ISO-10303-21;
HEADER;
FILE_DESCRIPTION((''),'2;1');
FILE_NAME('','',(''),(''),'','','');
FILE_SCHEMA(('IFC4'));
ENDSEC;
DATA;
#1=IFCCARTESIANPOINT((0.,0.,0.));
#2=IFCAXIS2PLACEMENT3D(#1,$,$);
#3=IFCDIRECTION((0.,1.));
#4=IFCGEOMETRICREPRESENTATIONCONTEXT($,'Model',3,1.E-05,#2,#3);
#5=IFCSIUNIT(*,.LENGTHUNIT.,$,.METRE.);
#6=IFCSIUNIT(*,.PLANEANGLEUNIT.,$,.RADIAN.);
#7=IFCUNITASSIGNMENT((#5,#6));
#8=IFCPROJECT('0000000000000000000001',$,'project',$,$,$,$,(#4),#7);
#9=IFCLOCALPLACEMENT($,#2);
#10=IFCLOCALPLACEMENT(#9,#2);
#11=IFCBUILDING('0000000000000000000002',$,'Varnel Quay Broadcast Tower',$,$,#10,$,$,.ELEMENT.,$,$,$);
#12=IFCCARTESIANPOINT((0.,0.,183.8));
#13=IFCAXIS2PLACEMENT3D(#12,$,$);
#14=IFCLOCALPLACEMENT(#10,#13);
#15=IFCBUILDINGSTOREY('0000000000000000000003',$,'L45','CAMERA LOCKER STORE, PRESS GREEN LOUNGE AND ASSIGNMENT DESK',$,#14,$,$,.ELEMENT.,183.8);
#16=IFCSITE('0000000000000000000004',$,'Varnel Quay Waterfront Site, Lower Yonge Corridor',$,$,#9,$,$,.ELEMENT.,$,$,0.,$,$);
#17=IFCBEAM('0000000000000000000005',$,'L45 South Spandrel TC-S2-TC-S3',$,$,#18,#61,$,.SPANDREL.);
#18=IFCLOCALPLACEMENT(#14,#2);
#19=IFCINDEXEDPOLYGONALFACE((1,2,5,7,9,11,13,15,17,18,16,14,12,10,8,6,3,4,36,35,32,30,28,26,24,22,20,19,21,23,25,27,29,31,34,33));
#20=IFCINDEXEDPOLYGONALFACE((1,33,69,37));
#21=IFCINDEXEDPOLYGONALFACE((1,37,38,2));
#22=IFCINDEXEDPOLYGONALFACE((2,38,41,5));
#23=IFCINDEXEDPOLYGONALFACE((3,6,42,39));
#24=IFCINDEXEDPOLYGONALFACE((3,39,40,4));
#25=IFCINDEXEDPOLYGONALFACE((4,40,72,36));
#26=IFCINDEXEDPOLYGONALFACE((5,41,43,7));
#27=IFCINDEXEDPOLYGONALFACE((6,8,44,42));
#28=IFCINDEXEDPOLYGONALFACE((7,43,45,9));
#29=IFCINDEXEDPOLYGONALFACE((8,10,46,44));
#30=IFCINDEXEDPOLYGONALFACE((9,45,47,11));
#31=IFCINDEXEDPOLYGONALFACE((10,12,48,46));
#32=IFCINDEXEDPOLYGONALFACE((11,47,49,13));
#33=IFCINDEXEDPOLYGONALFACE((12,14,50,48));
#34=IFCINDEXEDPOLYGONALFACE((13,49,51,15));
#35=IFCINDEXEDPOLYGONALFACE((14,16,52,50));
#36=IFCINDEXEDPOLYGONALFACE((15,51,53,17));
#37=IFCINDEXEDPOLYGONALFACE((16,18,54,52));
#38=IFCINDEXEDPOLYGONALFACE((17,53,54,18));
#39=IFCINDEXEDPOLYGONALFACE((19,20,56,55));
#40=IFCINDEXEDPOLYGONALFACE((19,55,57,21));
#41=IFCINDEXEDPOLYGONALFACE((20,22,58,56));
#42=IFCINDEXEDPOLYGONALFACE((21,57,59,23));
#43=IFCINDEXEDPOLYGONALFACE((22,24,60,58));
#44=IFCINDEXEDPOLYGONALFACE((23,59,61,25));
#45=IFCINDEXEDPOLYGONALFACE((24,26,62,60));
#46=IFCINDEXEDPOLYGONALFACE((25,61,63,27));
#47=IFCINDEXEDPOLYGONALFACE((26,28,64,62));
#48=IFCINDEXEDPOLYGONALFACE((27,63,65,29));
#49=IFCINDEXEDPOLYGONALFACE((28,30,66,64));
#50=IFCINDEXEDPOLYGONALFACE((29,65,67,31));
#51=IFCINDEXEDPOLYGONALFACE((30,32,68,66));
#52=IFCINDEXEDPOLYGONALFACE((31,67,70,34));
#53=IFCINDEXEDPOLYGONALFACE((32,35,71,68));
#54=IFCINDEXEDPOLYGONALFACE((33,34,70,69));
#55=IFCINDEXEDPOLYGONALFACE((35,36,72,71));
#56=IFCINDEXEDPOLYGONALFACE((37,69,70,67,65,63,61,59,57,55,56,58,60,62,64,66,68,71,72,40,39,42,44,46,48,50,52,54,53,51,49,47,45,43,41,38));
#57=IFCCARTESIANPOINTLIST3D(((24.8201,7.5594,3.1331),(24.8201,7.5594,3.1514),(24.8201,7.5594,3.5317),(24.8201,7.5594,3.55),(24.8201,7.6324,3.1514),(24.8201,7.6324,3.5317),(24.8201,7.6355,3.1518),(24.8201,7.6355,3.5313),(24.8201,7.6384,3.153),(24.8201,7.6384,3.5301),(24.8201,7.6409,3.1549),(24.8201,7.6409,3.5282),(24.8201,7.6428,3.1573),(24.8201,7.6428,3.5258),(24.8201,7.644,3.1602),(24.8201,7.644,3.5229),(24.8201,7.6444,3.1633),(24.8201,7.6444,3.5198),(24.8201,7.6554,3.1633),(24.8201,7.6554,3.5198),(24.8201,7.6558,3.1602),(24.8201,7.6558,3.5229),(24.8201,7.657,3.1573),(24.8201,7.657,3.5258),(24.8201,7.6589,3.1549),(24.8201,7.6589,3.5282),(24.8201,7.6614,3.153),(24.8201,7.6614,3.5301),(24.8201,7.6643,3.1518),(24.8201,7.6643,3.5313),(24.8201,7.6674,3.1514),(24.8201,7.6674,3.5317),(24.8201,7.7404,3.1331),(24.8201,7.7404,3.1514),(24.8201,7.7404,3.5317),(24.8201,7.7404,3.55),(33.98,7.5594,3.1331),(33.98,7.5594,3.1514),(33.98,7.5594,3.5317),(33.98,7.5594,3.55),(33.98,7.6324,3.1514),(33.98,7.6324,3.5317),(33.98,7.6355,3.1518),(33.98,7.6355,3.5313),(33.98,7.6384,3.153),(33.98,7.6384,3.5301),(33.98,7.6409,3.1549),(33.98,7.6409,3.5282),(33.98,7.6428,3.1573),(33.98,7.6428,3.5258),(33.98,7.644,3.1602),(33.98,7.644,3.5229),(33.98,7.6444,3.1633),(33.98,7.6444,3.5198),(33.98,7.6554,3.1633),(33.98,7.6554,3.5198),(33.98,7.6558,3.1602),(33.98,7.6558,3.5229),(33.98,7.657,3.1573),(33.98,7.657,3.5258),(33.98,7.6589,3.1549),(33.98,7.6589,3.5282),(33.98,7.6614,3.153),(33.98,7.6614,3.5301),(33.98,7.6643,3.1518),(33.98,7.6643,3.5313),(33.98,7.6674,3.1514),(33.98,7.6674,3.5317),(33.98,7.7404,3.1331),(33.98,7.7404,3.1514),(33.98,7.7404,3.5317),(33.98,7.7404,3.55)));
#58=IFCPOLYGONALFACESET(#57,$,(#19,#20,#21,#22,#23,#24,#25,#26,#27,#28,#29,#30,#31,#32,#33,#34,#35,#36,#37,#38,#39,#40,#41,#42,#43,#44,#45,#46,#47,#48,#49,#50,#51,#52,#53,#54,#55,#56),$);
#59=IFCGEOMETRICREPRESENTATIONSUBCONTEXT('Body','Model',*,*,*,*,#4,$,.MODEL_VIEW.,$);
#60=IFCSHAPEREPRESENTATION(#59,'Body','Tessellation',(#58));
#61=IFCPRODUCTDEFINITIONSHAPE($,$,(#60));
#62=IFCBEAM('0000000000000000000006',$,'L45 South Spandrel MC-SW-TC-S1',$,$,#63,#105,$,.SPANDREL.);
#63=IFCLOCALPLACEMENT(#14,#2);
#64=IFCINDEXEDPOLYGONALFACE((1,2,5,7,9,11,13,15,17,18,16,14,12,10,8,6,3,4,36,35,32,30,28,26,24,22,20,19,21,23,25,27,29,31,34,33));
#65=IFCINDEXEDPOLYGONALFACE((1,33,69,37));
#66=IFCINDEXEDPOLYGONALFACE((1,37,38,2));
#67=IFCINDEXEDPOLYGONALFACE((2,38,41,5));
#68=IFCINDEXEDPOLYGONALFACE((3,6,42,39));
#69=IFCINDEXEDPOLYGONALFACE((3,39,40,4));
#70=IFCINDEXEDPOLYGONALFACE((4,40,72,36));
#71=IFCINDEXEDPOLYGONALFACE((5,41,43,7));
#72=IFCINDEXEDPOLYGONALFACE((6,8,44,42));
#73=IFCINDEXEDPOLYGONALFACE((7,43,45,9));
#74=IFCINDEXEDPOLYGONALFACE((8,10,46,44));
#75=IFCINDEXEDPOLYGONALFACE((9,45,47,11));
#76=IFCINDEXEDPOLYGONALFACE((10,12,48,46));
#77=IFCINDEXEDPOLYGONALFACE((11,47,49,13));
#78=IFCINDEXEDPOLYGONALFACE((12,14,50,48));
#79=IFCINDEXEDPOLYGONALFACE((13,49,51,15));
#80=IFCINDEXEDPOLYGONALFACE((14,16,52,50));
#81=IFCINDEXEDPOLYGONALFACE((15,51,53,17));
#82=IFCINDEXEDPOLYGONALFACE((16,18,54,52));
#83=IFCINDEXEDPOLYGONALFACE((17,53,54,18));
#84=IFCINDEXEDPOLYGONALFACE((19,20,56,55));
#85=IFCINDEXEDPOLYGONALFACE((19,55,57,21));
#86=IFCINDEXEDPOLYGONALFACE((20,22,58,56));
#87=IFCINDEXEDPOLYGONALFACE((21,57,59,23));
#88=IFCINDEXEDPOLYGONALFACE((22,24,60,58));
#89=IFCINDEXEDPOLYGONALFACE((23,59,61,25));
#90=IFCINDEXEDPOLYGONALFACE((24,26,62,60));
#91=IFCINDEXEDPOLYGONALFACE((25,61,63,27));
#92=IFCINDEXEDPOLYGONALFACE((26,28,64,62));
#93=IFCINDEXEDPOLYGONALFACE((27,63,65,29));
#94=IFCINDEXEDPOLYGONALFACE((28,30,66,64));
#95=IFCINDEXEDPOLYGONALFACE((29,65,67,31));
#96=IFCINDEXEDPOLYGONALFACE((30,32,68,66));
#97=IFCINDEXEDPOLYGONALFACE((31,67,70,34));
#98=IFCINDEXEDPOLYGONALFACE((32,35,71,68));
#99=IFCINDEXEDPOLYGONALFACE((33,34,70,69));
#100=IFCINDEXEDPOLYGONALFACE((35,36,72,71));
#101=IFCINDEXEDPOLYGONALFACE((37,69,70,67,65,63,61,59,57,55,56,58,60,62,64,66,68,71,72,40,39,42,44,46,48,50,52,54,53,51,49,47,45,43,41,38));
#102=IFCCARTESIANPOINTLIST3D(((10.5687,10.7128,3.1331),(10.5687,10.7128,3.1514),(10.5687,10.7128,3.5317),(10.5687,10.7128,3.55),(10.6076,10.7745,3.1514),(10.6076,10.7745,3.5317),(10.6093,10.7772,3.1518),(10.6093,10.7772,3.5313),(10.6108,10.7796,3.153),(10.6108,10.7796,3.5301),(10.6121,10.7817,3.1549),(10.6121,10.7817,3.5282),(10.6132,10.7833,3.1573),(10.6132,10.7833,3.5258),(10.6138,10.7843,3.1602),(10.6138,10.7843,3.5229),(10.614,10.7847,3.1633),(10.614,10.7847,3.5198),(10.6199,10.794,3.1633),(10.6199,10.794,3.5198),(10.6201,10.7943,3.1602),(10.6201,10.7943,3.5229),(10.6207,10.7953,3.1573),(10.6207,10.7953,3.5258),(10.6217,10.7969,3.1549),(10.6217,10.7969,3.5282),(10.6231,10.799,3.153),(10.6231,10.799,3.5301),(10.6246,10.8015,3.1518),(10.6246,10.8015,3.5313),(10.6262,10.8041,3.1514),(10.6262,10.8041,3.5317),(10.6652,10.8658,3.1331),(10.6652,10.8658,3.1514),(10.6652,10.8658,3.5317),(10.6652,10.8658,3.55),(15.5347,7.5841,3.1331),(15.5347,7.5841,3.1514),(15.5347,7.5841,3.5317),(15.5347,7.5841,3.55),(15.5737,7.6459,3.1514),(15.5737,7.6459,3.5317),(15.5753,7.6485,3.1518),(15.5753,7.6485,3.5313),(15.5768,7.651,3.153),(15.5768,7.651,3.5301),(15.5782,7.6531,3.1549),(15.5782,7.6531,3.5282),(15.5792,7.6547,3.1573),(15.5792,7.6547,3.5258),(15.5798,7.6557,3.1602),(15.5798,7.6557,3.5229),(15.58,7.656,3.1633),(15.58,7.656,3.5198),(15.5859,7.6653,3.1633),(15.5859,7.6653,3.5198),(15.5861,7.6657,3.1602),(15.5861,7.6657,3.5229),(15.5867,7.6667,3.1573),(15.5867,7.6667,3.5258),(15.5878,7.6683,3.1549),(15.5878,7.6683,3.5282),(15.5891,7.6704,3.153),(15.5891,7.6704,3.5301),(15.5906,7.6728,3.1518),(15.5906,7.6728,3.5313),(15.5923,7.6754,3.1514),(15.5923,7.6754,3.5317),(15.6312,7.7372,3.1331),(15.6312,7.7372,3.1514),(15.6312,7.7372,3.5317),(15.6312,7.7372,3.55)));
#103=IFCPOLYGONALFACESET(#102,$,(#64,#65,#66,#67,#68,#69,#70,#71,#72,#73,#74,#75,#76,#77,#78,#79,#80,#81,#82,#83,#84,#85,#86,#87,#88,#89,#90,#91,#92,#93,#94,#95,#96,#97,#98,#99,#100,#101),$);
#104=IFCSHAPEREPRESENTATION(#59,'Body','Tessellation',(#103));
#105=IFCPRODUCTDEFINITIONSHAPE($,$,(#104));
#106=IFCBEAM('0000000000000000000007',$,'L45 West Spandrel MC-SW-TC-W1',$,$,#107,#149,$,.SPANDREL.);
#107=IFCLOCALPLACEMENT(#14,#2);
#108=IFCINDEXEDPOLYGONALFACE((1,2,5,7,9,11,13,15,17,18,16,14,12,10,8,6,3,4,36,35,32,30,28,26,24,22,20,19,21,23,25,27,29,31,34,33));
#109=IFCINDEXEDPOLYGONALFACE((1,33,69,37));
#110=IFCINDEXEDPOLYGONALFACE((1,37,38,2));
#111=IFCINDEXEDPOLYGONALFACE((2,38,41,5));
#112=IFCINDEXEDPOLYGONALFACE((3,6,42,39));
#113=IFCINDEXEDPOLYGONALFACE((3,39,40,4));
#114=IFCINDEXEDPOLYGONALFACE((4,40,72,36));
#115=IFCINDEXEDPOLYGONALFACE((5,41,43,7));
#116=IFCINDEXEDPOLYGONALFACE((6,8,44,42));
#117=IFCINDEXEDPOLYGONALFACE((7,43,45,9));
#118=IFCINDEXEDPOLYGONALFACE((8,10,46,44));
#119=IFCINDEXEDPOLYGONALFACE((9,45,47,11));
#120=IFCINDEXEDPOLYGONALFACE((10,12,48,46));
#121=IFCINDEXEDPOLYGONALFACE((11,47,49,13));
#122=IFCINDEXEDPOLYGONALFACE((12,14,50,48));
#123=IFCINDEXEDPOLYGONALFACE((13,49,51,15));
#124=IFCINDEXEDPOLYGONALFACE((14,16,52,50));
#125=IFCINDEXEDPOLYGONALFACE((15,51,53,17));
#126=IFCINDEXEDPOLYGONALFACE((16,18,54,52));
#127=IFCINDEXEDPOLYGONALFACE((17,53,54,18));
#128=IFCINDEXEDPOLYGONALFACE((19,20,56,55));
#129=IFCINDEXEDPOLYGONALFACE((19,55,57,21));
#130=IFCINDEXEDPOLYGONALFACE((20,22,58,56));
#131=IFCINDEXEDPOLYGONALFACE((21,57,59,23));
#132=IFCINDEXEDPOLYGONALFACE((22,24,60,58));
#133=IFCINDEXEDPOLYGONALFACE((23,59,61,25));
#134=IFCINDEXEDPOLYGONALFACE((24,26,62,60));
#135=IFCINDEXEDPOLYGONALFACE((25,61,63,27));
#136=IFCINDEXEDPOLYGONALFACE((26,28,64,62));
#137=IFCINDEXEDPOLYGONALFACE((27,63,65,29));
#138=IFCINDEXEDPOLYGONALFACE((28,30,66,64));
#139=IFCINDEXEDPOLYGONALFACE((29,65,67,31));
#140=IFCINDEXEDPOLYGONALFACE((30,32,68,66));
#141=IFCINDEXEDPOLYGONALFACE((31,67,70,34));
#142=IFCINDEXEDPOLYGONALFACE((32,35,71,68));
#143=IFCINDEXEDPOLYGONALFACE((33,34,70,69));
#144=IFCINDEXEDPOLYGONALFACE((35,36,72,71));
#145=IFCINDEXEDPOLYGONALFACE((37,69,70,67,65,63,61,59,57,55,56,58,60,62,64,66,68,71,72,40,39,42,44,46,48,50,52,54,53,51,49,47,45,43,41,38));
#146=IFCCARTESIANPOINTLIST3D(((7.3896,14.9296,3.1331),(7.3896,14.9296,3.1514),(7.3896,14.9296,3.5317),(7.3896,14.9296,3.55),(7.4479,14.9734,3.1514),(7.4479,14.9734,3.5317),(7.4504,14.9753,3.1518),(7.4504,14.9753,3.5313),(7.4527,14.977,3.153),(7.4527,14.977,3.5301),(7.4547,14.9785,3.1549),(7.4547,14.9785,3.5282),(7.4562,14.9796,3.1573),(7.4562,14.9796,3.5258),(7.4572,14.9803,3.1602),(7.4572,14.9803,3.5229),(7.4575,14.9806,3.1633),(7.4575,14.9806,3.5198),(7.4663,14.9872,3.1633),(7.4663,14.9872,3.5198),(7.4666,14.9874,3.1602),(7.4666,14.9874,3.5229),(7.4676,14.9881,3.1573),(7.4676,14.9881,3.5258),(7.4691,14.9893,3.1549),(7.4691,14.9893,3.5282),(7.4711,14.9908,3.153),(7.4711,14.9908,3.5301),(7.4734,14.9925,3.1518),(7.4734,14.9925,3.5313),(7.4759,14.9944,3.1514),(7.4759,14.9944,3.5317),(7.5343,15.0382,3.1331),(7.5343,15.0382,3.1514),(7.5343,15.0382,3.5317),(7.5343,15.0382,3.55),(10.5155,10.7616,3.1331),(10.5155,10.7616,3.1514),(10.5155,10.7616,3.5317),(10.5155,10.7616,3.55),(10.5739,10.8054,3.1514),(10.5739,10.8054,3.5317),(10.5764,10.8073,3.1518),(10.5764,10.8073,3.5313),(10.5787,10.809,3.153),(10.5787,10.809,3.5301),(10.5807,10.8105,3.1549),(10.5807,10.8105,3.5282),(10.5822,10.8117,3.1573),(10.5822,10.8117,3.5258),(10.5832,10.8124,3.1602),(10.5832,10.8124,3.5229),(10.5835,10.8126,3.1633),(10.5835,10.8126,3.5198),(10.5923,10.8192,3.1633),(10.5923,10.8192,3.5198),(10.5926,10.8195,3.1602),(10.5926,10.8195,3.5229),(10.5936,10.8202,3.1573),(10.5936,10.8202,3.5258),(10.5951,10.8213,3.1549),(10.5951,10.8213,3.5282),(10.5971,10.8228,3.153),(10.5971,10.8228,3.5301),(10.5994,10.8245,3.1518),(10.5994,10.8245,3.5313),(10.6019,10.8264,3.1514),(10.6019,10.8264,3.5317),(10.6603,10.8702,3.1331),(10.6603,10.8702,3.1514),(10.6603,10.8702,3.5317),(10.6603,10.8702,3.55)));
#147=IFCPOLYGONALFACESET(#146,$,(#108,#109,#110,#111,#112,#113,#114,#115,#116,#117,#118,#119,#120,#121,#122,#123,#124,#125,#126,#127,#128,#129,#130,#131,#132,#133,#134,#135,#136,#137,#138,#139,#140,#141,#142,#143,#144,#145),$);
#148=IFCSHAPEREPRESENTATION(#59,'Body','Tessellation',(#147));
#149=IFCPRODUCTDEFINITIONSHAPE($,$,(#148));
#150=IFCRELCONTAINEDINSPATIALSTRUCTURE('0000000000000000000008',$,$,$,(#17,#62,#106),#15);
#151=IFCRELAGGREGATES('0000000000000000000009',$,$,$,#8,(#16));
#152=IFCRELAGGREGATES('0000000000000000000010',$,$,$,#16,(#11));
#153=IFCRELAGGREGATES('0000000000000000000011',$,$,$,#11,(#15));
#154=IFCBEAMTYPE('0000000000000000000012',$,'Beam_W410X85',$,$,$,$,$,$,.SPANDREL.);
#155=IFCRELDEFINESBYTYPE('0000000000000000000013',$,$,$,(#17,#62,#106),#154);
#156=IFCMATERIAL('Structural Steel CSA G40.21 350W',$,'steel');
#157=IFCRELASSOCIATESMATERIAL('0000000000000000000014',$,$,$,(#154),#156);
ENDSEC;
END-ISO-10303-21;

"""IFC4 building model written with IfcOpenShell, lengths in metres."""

from ifc_helpers import new_model, si_unit, direction, frame, origin, origin_2d, place, context, subcontext, project, spatial, i_section, extrude, source, transform, mapped, material, material_profile, profile_set, type_object, type_shapes, element, save


model = new_model("IFC4")

# Units and contexts
model_context = context("Model", 3, precision=1e-05, world=origin(), true_north=direction((0.0, 1.0)))
body_context = subcontext(model_context, "Body", "Model", "MODEL_VIEW")
ifc_project = project(units=[si_unit("LENGTHUNIT", "METRE"), si_unit("PLANEANGLEUNIT", "RADIAN")], contexts=[model_context])

# Site, building, storey
site_placement = place(None, origin())
site = spatial("IfcSite", under=ifc_project, at=site_placement, Name="Varnel Quay Waterfront Site, Lower Yonge Corridor", CompositionType="ELEMENT", RefElevation=0.0)
building_placement = place(site_placement, origin())
building = spatial("IfcBuilding", under=site, at=building_placement, Name="Varnel Quay Broadcast Tower", CompositionType="ELEMENT")
storey_placement = place(building_placement, frame((0.0, 0.0, 183.8)))
storey = spatial("IfcBuildingStorey", under=building, at=storey_placement, Name="L45", Description="CAMERA LOCKER STORE, PRESS GREEN LOUNGE AND ASSIGNMENT DESK", CompositionType="ELEMENT", Elevation=183.8)

# Shared definitions
ifc_material_1 = material(Name="Structural Steel CSA G40.21 350W", Category="steel")

# Beams
ifc_material_profile_1 = material_profile(ifc_material_1, i_section(OverallWidth=0.1809, OverallDepth=0.417, WebThickness=0.011, FlangeThickness=0.0183, FilletRadius=0.012, at=origin_2d()), Name="W410X85")
ifc_profile_set_1 = profile_set([ifc_material_profile_1], Name="Structural Steel CSA G40.21 350W")
beam_type_1 = type_object("IfcBeamType", Name="Beam_W410X85", PredefinedType="SPANDREL", material=ifc_profile_set_1)
shared_shape_1 = source(origin(), body_context, "Body", "SweptSolid", [
    extrude(i_section(OverallWidth=0.1809, OverallDepth=0.417, WebThickness=0.011, FlangeThickness=0.0183, FilletRadius=0.012, at=origin_2d()), origin(), (0.0, 0.0, 1.0), 9.1599),
])
for number, where, z_axis, x_axis, name in (
    (1, (24.8201, 7.6499, 3.3416), (1.0, 0.0, 0.0), (0.0, 1.0, 0.0), "L45 South Spandrel TC-S2-TC-S3"),
):
    element("IfcBeam", number, at=place(storey_placement, frame(where, z_axis=z_axis, x_axis=x_axis)), inside=storey, type_object=beam_type_1, Name=name, PredefinedType="SPANDREL", context=body_context, shape_type="MappedRepresentation", body=[
        mapped(shared_shape_1, transform((0.0, 0.0, 0.0), x_axis=(1.0, 0.0, 0.0), y_axis=(0.0, 1.0, 0.0), z_axis=(0.0, 0.0, 1.0), scale=1.0)),
    ])
shared_shape_2 = source(origin(), body_context, "Body", "SweptSolid", [
    extrude(i_section(OverallWidth=0.1809, OverallDepth=0.417, WebThickness=0.011, FlangeThickness=0.0183, FilletRadius=0.012, at=origin_2d()), origin(), (0.0, 0.0, 1.0), 5.8694),
])
beam_1_placement = place(storey_placement, frame((10.6169, 10.7893, 3.3416), z_axis=(0.846088, -0.533043, 0.0), x_axis=(0.533043, 0.846088, 0.0)))
element("IfcBeam", 2, at=beam_1_placement, inside=storey, type_object=beam_type_1, Name="L45 South Spandrel MC-SW-TC-S1", PredefinedType="SPANDREL", context=body_context, shape_type="MappedRepresentation", body=[
    mapped(shared_shape_2, transform((0.0, 0.0, 0.0), x_axis=(1.0, 0.0, 0.0), y_axis=(0.0, 1.0, 0.0), z_axis=(0.0, 0.0, 1.0), scale=1.0)),
])
shared_shape_3 = source(origin(), body_context, "Body", "SweptSolid", [
    extrude(i_section(OverallWidth=0.1809, OverallDepth=0.417, WebThickness=0.011, FlangeThickness=0.0183, FilletRadius=0.012, at=origin_2d()), origin(), (0.0, 0.0, 1.0), 5.21),
])
type_shapes(beam_type_1, [shared_shape_1, shared_shape_2, shared_shape_3])
beam_2_placement = place(storey_placement, frame((10.5879, 10.8159, 3.3416), z_axis=(-0.6, 0.8, 0.0), x_axis=(-0.8, -0.6, 0.0)))
element("IfcBeam", 3, at=beam_2_placement, inside=storey, type_object=beam_type_1, Name="L45 West Spandrel MC-SW-TC-W1", PredefinedType="SPANDREL", context=body_context, shape_type="MappedRepresentation", body=[
    mapped(shared_shape_3, transform((0.0, 0.0, 0.0), x_axis=(1.0, 0.0, 0.0), y_axis=(0.0, 1.0, 0.0), z_axis=(0.0, 0.0, 1.0), scale=1.0)),
])

save(model, "model.ifc")
